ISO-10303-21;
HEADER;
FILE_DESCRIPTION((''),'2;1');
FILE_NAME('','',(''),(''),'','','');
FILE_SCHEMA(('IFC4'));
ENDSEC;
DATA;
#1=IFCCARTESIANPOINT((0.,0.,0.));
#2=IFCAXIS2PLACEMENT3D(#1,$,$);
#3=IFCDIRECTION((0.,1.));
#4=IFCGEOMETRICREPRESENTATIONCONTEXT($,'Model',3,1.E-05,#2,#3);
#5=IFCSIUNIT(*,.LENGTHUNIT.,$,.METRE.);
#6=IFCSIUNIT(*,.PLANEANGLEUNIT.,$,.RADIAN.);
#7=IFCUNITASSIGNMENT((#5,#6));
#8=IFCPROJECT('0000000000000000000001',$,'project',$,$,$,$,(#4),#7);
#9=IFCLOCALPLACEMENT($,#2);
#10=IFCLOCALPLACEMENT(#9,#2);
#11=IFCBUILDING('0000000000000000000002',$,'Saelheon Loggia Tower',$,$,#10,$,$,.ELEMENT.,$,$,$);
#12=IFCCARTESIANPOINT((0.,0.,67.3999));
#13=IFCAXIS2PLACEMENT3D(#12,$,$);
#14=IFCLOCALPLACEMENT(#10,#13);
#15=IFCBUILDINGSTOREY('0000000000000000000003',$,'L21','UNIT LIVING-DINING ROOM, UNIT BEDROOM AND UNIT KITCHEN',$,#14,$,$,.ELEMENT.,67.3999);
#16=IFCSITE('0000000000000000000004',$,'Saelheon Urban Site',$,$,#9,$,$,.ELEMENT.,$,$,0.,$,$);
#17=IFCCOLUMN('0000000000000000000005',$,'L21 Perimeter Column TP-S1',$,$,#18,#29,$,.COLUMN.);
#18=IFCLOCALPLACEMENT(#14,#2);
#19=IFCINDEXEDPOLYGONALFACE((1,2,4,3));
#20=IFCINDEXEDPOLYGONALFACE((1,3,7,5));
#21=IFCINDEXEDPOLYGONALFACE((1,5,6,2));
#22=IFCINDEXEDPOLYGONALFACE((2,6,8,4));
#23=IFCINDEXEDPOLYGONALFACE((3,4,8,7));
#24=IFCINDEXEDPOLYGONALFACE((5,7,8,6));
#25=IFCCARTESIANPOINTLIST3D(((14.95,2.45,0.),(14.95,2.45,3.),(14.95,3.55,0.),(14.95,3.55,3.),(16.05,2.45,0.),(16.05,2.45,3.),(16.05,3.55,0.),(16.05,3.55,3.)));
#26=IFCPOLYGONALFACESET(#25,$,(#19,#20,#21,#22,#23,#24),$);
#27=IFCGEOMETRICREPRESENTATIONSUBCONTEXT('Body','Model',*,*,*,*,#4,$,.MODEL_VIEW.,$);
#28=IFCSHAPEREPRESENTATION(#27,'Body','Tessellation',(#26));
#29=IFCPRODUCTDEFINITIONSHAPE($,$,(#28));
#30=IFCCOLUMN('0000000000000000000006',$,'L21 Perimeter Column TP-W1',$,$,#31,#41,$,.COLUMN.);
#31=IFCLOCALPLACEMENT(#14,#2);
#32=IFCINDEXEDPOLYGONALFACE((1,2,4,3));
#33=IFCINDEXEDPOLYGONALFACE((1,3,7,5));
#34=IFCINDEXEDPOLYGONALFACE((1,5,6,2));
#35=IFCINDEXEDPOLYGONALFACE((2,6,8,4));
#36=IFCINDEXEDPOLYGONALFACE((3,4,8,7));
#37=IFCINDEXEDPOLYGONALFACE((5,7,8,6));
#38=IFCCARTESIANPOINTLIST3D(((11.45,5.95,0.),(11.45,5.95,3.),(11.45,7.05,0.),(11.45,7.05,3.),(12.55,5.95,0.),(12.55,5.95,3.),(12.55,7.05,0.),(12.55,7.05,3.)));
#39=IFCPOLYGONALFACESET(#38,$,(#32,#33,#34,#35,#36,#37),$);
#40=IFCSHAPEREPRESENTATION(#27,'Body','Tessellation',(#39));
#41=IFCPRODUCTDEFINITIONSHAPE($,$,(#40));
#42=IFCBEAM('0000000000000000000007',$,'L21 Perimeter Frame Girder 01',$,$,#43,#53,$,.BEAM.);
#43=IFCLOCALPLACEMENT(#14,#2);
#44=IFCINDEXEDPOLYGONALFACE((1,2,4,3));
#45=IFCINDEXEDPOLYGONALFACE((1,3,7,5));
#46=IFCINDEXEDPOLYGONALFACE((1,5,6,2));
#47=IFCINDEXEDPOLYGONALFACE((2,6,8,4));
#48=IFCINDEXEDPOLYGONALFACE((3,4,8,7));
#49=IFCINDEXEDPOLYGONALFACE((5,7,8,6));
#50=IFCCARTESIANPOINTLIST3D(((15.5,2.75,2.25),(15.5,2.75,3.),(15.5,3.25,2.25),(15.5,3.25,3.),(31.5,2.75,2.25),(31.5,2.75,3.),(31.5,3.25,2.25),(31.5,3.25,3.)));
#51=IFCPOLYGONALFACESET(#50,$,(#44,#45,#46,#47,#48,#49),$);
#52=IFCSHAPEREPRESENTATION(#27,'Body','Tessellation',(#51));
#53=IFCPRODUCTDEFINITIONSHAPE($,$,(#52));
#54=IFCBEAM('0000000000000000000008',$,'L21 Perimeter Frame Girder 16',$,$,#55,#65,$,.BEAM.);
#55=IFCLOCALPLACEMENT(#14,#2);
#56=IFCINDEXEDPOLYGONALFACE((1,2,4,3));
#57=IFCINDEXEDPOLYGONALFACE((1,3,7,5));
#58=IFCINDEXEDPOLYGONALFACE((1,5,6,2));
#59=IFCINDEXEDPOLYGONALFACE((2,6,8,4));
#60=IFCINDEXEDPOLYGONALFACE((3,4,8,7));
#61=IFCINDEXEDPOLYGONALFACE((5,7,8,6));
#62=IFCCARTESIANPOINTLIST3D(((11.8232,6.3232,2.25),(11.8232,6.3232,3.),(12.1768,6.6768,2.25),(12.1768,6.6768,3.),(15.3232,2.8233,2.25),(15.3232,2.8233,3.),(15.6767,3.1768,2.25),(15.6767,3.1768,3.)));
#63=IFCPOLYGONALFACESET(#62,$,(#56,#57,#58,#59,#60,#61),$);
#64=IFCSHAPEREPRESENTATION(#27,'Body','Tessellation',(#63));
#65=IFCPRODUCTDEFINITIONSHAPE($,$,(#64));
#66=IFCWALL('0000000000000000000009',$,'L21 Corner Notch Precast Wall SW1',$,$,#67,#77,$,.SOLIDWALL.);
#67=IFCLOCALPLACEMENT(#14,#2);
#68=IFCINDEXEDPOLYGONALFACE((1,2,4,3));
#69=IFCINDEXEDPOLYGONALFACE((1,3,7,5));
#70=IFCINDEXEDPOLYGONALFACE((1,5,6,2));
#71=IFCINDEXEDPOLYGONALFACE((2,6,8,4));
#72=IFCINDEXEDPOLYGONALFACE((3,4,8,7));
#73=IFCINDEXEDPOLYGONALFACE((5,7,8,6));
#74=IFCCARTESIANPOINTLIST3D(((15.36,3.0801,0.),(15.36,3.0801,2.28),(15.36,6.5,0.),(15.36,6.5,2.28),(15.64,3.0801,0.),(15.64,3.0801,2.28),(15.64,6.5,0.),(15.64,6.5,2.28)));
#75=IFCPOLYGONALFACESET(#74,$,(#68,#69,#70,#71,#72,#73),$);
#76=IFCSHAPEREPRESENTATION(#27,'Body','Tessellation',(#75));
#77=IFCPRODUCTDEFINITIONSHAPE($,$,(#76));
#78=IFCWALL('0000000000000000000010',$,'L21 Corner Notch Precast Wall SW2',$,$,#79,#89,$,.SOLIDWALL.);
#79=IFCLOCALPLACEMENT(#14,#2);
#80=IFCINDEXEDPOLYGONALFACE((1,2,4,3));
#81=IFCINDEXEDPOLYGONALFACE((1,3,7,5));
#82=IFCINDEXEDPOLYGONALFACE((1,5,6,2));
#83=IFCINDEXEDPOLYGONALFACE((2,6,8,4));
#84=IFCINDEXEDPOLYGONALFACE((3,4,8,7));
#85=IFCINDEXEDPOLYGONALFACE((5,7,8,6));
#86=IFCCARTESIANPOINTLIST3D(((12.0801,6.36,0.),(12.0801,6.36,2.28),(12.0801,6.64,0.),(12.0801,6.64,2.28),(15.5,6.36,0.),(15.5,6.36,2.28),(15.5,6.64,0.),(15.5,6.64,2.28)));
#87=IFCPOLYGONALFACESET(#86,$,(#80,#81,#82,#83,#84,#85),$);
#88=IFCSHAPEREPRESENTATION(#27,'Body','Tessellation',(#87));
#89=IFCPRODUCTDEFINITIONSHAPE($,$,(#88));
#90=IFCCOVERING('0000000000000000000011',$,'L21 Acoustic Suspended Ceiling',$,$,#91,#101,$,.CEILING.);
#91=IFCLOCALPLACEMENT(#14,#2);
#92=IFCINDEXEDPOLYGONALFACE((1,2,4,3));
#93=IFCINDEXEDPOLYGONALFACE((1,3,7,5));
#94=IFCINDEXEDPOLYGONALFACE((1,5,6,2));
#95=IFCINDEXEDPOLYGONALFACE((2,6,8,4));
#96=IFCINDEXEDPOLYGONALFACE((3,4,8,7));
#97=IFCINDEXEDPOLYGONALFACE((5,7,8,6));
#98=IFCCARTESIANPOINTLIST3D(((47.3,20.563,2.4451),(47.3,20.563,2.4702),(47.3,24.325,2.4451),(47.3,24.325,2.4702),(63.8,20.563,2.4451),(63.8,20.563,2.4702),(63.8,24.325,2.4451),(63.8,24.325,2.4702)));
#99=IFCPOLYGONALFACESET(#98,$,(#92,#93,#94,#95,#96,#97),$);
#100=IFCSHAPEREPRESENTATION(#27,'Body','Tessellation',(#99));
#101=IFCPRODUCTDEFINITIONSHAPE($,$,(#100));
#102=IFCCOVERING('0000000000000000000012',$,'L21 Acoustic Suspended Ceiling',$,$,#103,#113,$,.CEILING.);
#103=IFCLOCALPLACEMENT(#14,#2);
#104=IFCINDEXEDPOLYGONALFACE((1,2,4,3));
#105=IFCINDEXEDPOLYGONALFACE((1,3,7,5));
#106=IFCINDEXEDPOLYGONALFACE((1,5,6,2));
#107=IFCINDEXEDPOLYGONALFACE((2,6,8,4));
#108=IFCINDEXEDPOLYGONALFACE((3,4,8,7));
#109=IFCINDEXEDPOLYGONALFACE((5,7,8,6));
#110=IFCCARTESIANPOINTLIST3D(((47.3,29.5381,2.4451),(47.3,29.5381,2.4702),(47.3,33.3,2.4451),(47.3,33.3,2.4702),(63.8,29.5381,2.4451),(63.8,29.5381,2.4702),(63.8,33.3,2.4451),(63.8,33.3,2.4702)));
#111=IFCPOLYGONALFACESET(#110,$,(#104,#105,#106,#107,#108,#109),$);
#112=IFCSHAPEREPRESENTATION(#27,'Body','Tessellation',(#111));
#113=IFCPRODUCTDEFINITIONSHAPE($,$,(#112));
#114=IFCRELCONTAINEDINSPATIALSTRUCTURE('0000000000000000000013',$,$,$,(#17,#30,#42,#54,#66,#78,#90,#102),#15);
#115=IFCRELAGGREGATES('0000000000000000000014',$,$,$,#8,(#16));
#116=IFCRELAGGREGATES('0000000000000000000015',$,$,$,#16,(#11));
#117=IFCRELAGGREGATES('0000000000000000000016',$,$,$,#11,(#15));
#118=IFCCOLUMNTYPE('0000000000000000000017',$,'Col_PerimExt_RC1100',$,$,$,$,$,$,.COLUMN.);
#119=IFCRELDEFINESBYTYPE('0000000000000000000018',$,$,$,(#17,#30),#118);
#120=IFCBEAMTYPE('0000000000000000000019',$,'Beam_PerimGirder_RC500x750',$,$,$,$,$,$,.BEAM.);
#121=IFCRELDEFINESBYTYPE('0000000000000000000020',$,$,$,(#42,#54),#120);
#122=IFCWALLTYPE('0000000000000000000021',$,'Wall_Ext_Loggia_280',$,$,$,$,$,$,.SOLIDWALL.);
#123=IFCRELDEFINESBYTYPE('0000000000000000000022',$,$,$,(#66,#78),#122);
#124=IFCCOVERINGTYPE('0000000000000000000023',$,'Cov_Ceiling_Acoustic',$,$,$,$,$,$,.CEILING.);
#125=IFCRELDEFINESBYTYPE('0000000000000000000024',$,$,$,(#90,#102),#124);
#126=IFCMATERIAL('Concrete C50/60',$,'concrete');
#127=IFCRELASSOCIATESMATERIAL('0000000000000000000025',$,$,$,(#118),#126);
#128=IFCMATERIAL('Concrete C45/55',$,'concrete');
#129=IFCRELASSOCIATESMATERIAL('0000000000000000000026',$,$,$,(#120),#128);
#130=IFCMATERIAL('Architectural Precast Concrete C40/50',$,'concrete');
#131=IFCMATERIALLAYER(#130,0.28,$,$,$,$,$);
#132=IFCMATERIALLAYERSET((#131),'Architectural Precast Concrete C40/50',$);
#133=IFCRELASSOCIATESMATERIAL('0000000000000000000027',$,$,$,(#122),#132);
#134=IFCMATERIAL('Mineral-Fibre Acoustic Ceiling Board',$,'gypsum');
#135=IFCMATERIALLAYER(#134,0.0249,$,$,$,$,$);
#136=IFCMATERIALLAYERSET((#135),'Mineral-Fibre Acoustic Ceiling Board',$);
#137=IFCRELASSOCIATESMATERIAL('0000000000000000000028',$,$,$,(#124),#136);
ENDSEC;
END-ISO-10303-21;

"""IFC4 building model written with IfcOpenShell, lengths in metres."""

from ifc_helpers import new_model, si_unit, direction, frame, frame_2d, origin, origin_2d, place, context, subcontext, project, spatial, polyline, rectangle, outline, extrude, source, transform, mapped, material, layer, layer_set, material_profile, profile_set, type_object, element, save


model = new_model("IFC4")

# Units and contexts
model_context = context("Model", 3, precision=1e-05, world=origin(), true_north=direction((0.0, 1.0)))
body_context = subcontext(model_context, "Body", "Model", "MODEL_VIEW")
ifc_project = project(units=[si_unit("LENGTHUNIT", "METRE"), si_unit("PLANEANGLEUNIT", "RADIAN")], contexts=[model_context])

# Site, building, storey
site_placement = place(None, origin())
site = spatial("IfcSite", under=ifc_project, at=site_placement, Name="Saelheon Urban Site", CompositionType="ELEMENT", RefElevation=0.0)
building_placement = place(site_placement, origin())
building = spatial("IfcBuilding", under=site, at=building_placement, Name="Saelheon Loggia Tower", CompositionType="ELEMENT")
storey_placement = place(building_placement, frame((0.0, 0.0, 67.3999)))
storey = spatial("IfcBuildingStorey", under=building, at=storey_placement, Name="L21", Description="UNIT LIVING-DINING ROOM, UNIT BEDROOM AND UNIT KITCHEN", CompositionType="ELEMENT", Elevation=67.3999)

# Columns
ifc_material_1 = material(Name="Concrete C50/60", Category="concrete")
ifc_material_profile_1 = material_profile(ifc_material_1, rectangle(XDim=1.1001, YDim=1.1001, at=origin_2d()), Name="RC-1100x1100")
ifc_profile_set_1 = profile_set([ifc_material_profile_1], Name="Concrete C50/60")
column_type = type_object("IfcColumnType", Name="Col_PerimExt_RC1100", PredefinedType="COLUMN", material=ifc_profile_set_1)
shared_shape_1 = source(origin(), body_context, "Body", "SweptSolid", [
    extrude(rectangle(XDim=1.1001, YDim=1.1001, at=origin_2d()), origin(), (0.0, 0.0, 1.0), 3.0),
])
for number, where, z_axis, x_axis, name in (
    (1, (15.5, 3.0, 0.0), (0.0, 0.0, 1.0), (1.0, 0.0, 0.0), "L21 Perimeter Column TP-S1"),
    (2, (12.0, 6.5, 0.0), (0.0, 0.0, 1.0), (1.0, 0.0, 0.0), "L21 Perimeter Column TP-W1"),
):
    element("IfcColumn", number, at=place(storey_placement, frame(where, z_axis=z_axis, x_axis=x_axis)), inside=storey, type_object=column_type, Name=name, PredefinedType="COLUMN", context=body_context, shape_type="MappedRepresentation", body=[
        mapped(shared_shape_1, transform((0.0, 0.0, 0.0), scale=1.0)),
    ])

# Beams
ifc_material_2 = material(Name="Concrete C45/55", Category="concrete")
ifc_material_profile_2 = material_profile(ifc_material_2, rectangle(XDim=0.5, YDim=0.75, at=origin_2d()), Name="RC-500x750")
ifc_profile_set_2 = profile_set([ifc_material_profile_2], Name="Concrete C45/55")
beam_type = type_object("IfcBeamType", Name="Beam_PerimGirder_RC500x750", PredefinedType="BEAM", material=ifc_profile_set_2)
shared_shape_2 = source(origin(), body_context, "Body", "SweptSolid", [
    extrude(rectangle(XDim=0.5, YDim=0.75, at=origin_2d()), origin(), (0.0, 0.0, 1.0), 16.0),
])
beam_1_placement = place(storey_placement, frame((15.5, 3.0, 2.625), z_axis=(1.0, 0.0, 0.0), x_axis=(0.0, 1.0, 0.0)))
element("IfcBeam", 3, at=beam_1_placement, inside=storey, type_object=beam_type, Name="L21 Perimeter Frame Girder 01", PredefinedType="BEAM", context=body_context, shape_type="MappedRepresentation", body=[
    mapped(shared_shape_2, transform((0.0, 0.0, 0.0), scale=1.0)),
])
shared_shape_3 = source(origin(), body_context, "Body", "SweptSolid", [
    extrude(rectangle(XDim=0.5, YDim=0.75, at=origin_2d()), origin(), (0.0, 0.0, 1.0), 4.9497),
])
beam_2_placement = place(storey_placement, frame((12.0, 6.5, 2.625), z_axis=(0.707107, -0.707107, 0.0), x_axis=(0.707107, 0.707107, 0.0)))
element("IfcBeam", 4, at=beam_2_placement, inside=storey, type_object=beam_type, Name="L21 Perimeter Frame Girder 16", PredefinedType="BEAM", context=body_context, shape_type="MappedRepresentation", body=[
    mapped(shared_shape_3, transform((0.0, 0.0, 0.0), scale=1.0)),
])

# Shared definitions
ifc_material_3 = material(Name="Architectural Precast Concrete C40/50", Category="concrete")
ifc_layer_1 = layer(ifc_material_3, 0.28)
ifc_layer_set_1 = layer_set([ifc_layer_1], Name="Architectural Precast Concrete C40/50")
wall_type = type_object("IfcWallType", Name="Wall_Ext_Loggia_280", PredefinedType="SOLIDWALL", material=ifc_layer_set_1)

# Walls
for number, where, z_axis, x_axis, name in (
    (5, (15.5, 3.0801, 0.0), (0.0, 0.0, 1.0), (0.0, 1.0, 0.0), "L21 Corner Notch Precast Wall SW1"),
    (6, (12.0801, 6.5, 0.0), (0.0, 0.0, 1.0), (1.0, 0.0, 0.0), "L21 Corner Notch Precast Wall SW2"),
):
    element("IfcWall", number, at=place(storey_placement, frame(where, z_axis=z_axis, x_axis=x_axis)), inside=storey, type_object=wall_type, Name=name, PredefinedType="SOLIDWALL", context=body_context, shape_type="SweptSolid", body=[
        extrude(rectangle(XDim=3.4199, YDim=0.28, at=frame_2d((1.71, 0.0))), origin(), (0.0, 0.0, 1.0), 2.28),
    ])

# Coverings
ifc_material_4 = material(Name="Mineral-Fibre Acoustic Ceiling Board", Category="gypsum")
ifc_layer_2 = layer(ifc_material_4, 0.0249)
ifc_layer_set_2 = layer_set([ifc_layer_2], Name="Mineral-Fibre Acoustic Ceiling Board")
covering_type = type_object("IfcCoveringType", Name="Cov_Ceiling_Acoustic", PredefinedType="CEILING", material=ifc_layer_set_2)
covering_1_placement = place(storey_placement, frame((0.0, 0.0, 2.4451)))
element("IfcCovering", 7, at=covering_1_placement, inside=storey, type_object=covering_type, Name="L21 Acoustic Suspended Ceiling", PredefinedType="CEILING", context=body_context, shape_type="SweptSolid", body=[
    extrude(outline(polyline([(47.3, 20.563), (63.8, 20.563), (63.8, 24.325), (47.3, 24.325), (47.3, 20.563)])), origin(), (0.0, 0.0, 1.0), 0.0251),
])
covering_2_placement = place(storey_placement, frame((0.0, 0.0, 2.4451)))
element("IfcCovering", 8, at=covering_2_placement, inside=storey, type_object=covering_type, Name="L21 Acoustic Suspended Ceiling", PredefinedType="CEILING", context=body_context, shape_type="SweptSolid", body=[
    extrude(outline(polyline([(47.3, 29.5381), (63.8, 29.5381), (63.8, 33.3), (47.3, 33.3), (47.3, 29.5381)])), origin(), (0.0, 0.0, 1.0), 0.0251),
])

save(model, "model.ifc")
